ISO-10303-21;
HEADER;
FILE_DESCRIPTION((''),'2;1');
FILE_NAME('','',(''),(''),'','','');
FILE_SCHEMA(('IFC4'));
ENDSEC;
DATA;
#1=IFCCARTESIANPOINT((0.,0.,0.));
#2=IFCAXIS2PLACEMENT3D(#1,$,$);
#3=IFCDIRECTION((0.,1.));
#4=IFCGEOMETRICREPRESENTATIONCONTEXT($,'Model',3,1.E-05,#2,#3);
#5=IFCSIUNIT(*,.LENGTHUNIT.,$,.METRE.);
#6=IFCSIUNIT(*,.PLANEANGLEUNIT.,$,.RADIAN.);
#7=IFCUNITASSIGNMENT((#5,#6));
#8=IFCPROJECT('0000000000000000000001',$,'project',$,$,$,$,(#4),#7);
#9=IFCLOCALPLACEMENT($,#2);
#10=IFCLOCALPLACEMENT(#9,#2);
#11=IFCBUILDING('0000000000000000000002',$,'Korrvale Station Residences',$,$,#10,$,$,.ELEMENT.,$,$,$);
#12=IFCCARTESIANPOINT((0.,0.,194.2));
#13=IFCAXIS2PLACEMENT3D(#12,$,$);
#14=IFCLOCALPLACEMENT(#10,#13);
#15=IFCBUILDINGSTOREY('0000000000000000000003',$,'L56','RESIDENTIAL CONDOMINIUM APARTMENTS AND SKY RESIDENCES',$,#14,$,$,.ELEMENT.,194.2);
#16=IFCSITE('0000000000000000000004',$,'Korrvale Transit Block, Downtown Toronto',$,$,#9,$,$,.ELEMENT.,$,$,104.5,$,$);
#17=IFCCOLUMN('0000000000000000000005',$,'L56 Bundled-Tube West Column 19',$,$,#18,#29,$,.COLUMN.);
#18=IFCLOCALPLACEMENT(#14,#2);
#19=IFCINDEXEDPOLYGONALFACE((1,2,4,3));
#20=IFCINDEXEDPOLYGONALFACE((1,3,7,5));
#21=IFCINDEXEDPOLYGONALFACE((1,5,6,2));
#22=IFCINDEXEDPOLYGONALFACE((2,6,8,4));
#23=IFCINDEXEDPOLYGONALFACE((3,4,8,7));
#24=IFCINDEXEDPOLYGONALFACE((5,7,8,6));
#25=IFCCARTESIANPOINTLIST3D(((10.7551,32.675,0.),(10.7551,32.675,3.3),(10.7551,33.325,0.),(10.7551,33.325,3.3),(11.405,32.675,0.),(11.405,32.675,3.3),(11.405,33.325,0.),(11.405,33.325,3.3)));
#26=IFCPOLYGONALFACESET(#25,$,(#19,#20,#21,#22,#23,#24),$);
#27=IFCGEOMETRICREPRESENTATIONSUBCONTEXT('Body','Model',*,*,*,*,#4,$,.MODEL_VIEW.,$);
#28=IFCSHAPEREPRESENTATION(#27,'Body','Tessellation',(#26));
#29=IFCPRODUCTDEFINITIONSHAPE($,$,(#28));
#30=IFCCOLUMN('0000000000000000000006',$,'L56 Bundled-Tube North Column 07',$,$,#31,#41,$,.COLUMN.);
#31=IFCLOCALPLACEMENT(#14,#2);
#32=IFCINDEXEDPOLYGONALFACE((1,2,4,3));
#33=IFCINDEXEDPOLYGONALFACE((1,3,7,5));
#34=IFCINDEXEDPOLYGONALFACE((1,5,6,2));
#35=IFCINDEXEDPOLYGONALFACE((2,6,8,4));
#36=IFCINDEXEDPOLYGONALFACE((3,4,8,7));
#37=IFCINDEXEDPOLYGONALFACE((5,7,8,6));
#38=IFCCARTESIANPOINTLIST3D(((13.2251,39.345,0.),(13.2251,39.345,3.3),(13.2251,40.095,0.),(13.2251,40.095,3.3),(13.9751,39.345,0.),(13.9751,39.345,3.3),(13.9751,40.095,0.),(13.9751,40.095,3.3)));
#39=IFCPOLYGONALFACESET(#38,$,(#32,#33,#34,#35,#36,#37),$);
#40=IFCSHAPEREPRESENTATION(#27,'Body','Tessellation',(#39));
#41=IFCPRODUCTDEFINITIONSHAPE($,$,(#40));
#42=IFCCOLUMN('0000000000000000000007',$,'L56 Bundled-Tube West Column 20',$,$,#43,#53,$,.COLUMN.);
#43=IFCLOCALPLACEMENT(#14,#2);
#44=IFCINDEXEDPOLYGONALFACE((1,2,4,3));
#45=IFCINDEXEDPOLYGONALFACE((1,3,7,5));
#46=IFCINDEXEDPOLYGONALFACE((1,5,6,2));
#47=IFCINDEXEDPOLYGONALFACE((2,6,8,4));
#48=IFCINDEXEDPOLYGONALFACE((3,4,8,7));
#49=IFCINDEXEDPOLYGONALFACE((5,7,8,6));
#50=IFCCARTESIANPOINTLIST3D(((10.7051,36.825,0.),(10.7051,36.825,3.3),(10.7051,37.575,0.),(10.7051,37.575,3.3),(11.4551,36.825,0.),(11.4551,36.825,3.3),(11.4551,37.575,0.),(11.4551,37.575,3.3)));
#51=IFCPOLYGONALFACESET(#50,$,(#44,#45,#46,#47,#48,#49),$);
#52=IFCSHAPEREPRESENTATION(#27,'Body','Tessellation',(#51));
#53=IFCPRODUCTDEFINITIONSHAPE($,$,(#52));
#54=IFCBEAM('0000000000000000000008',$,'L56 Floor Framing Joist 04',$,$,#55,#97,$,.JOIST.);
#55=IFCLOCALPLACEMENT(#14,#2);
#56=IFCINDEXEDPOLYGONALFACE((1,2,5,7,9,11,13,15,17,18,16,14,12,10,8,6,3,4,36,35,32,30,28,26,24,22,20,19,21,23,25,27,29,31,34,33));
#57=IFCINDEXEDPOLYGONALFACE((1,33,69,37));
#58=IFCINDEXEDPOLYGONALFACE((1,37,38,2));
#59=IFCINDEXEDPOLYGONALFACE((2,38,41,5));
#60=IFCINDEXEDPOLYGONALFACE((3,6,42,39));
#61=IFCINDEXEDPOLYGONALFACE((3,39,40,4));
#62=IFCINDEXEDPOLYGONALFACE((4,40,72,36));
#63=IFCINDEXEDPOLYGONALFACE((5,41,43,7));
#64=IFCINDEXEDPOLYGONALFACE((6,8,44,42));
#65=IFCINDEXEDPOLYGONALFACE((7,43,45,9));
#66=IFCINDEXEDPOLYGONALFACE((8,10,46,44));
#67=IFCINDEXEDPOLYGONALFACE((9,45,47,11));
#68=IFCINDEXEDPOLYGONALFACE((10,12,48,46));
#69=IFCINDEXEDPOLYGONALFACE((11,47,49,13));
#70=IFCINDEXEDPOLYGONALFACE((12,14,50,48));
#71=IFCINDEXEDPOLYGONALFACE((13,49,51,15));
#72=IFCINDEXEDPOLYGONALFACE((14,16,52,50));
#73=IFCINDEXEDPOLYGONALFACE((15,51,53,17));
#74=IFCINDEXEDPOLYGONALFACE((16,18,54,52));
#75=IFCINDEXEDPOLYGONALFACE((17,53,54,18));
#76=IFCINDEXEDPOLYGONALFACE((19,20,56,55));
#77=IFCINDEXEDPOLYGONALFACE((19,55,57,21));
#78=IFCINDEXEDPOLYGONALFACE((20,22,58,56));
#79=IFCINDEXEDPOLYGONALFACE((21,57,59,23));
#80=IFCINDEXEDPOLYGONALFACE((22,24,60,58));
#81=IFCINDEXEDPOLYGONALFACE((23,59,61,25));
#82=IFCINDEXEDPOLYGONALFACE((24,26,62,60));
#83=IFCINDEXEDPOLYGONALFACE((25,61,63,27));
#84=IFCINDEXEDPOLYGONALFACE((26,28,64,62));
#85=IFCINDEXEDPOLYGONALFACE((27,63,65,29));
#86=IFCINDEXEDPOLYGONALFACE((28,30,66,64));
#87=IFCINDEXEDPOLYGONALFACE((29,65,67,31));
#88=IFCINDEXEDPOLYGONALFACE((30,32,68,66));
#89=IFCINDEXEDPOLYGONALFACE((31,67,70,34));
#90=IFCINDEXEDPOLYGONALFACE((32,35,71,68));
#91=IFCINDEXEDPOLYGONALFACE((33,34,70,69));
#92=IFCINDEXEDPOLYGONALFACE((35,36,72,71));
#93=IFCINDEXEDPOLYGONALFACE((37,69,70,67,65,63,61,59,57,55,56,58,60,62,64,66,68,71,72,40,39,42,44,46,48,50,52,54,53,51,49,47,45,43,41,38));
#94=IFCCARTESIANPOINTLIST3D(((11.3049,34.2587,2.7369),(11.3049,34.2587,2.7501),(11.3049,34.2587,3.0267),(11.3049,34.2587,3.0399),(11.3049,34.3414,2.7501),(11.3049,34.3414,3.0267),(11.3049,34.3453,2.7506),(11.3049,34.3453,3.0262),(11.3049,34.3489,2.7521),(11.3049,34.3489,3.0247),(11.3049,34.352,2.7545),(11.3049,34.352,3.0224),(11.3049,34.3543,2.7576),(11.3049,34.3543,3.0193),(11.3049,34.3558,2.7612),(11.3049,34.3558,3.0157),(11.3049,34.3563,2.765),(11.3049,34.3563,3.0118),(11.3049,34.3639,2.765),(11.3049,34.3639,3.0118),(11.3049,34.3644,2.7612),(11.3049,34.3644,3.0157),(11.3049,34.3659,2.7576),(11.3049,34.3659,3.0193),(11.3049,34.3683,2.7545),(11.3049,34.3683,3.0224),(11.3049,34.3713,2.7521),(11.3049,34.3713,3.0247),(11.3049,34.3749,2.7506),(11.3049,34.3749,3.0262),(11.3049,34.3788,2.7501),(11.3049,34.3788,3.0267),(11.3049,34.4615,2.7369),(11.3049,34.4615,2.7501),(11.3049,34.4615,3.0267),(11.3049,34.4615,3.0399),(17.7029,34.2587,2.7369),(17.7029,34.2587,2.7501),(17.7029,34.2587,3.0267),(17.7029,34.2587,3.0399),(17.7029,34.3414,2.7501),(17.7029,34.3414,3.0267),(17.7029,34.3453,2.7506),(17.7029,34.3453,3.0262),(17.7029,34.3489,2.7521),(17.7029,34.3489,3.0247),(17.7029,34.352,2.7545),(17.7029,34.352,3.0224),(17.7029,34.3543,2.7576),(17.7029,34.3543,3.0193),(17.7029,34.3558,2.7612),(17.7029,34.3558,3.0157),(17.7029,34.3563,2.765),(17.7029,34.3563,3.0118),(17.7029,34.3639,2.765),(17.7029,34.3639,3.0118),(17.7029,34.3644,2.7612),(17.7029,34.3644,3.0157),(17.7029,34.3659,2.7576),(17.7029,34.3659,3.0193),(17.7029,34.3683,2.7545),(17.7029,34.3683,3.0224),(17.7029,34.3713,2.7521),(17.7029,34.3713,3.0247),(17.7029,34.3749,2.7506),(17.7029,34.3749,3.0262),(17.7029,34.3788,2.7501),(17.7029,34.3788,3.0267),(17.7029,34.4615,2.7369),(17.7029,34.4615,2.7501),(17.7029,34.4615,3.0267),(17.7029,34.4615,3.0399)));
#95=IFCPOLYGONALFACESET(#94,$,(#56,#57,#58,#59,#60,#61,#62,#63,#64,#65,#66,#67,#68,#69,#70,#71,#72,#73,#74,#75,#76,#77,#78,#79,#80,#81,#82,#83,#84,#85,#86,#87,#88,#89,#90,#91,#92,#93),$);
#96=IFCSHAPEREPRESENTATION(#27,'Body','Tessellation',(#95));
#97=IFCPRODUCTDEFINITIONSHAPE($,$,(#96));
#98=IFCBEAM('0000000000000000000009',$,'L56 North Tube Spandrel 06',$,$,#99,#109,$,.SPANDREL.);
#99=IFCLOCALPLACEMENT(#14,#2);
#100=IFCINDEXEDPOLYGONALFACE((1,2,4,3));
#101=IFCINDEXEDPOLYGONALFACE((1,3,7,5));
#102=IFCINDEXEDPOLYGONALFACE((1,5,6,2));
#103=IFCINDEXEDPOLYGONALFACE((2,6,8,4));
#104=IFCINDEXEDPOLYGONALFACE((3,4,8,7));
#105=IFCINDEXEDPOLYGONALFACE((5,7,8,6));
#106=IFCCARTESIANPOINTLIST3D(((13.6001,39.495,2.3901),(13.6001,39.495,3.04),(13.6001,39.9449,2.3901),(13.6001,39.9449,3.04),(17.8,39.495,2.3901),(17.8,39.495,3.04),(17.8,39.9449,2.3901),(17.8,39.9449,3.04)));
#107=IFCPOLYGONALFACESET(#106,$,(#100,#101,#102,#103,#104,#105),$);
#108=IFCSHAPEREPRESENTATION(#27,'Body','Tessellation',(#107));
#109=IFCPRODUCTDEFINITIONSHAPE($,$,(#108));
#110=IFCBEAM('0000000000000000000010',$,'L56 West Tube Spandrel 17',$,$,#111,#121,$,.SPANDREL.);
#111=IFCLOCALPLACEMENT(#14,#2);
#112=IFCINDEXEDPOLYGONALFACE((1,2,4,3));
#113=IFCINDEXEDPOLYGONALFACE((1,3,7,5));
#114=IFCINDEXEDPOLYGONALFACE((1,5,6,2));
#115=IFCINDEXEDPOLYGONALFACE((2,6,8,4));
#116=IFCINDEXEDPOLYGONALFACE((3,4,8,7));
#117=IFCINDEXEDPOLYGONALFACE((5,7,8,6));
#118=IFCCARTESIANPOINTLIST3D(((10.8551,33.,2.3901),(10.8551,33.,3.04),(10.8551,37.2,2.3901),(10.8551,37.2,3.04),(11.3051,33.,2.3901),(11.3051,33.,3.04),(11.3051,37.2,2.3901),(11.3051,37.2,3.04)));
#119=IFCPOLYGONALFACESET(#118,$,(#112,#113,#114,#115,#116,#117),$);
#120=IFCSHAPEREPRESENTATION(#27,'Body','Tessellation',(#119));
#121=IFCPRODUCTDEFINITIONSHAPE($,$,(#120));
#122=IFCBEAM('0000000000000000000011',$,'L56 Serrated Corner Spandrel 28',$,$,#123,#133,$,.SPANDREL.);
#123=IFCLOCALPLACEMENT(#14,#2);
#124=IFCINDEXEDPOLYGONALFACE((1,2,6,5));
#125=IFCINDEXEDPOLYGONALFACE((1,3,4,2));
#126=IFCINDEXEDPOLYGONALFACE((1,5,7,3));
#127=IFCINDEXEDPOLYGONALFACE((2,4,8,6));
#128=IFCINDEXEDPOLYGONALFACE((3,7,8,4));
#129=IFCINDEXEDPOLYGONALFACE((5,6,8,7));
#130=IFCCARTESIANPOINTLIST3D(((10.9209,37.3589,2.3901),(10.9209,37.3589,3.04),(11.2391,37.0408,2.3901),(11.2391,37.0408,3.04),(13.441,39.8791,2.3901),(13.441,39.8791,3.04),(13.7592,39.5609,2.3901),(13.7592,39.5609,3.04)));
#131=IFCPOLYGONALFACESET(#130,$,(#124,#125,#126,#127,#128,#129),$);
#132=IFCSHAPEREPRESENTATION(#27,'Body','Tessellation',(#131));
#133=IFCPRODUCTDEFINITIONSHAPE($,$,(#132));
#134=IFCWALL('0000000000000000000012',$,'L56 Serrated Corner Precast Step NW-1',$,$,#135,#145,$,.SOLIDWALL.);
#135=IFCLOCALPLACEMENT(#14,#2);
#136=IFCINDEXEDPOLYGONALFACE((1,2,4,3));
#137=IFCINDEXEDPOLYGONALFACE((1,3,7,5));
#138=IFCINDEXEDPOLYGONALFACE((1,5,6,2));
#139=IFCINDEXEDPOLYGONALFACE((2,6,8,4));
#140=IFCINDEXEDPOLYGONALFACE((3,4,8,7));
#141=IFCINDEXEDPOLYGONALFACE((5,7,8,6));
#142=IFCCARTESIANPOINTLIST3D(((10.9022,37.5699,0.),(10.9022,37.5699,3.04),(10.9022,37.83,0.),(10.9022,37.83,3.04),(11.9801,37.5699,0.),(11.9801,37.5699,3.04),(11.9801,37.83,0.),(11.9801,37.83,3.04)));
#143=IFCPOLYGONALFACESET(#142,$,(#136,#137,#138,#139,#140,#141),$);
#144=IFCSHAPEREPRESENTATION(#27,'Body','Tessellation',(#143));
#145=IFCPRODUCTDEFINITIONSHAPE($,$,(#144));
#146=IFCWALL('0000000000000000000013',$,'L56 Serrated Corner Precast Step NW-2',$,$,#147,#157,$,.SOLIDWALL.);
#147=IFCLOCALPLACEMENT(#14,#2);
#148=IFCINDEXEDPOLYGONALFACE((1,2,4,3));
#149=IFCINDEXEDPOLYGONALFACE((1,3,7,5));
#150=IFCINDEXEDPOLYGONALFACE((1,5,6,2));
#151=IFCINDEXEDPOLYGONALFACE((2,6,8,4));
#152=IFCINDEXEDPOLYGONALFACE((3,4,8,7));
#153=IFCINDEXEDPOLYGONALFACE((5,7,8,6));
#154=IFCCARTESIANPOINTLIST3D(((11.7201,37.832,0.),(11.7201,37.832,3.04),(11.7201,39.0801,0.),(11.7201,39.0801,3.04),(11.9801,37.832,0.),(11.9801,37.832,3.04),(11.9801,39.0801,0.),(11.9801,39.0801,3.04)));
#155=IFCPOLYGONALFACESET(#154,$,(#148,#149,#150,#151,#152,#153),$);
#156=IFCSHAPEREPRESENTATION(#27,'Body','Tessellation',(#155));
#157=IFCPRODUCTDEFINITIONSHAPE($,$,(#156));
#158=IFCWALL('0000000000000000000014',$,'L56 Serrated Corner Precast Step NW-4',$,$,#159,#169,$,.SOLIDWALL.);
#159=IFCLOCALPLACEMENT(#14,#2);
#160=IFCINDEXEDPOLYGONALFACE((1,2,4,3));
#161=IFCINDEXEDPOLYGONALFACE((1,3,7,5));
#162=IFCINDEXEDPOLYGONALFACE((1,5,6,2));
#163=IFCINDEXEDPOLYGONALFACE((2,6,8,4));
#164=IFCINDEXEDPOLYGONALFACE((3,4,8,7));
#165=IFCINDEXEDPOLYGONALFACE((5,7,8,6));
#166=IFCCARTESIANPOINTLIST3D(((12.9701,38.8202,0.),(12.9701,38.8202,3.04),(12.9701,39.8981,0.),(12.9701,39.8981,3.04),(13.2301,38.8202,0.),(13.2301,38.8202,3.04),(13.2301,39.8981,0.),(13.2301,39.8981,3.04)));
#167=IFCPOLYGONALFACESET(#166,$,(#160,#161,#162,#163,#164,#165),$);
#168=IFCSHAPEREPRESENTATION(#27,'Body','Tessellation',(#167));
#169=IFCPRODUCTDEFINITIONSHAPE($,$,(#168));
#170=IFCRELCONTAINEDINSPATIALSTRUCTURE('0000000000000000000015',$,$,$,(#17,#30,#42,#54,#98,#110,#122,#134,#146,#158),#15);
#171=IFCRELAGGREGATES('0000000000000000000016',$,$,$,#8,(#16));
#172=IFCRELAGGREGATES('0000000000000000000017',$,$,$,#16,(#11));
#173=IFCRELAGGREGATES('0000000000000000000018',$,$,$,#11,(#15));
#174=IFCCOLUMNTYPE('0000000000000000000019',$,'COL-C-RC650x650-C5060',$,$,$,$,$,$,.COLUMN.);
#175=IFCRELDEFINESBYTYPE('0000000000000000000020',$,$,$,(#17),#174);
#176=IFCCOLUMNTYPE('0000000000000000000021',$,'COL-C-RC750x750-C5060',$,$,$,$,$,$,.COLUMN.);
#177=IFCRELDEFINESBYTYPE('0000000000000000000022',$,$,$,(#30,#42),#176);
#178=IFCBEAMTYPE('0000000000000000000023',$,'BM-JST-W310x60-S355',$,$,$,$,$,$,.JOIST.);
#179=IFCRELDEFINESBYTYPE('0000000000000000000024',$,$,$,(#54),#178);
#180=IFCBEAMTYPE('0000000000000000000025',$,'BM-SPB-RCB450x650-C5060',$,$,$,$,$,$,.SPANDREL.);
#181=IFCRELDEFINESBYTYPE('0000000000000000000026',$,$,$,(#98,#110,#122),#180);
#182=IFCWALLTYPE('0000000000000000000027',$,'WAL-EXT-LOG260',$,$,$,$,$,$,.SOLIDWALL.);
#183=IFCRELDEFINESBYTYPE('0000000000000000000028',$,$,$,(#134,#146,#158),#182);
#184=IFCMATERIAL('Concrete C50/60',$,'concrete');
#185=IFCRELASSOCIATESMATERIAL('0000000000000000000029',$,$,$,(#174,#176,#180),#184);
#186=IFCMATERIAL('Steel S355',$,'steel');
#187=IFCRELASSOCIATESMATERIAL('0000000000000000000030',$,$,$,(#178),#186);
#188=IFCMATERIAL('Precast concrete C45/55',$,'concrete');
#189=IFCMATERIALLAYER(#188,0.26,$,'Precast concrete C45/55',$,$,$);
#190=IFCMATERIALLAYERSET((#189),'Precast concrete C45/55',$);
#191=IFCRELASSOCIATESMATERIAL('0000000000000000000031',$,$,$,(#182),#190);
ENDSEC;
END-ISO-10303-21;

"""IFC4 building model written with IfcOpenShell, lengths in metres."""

from ifc_helpers import new_model, si_unit, direction, frame, frame_2d, origin, origin_2d, place, context, subcontext, project, spatial, rectangle, i_section, extrude, material, layer, layer_set, material_profile, profile_set, type_object, element, save


model = new_model("IFC4")

# Units and contexts
model_context = context("Model", 3, precision=1e-05, world=origin(), true_north=direction((0.0, 1.0)))
body_context = subcontext(model_context, "Body", "Model", "MODEL_VIEW")
ifc_project = project(units=[si_unit("LENGTHUNIT", "METRE"), si_unit("PLANEANGLEUNIT", "RADIAN")], contexts=[model_context])

# Site, building, storey
site_placement = place(None, origin())
site = spatial("IfcSite", under=ifc_project, at=site_placement, Name="Korrvale Transit Block, Downtown Toronto", CompositionType="ELEMENT", RefElevation=104.5)
building_placement = place(site_placement, origin())
building = spatial("IfcBuilding", under=site, at=building_placement, Name="Korrvale Station Residences", CompositionType="ELEMENT")
storey_placement = place(building_placement, frame((0.0, 0.0, 194.2)))
storey = spatial("IfcBuildingStorey", under=building, at=storey_placement, Name="L56", Description="RESIDENTIAL CONDOMINIUM APARTMENTS AND SKY RESIDENCES", CompositionType="ELEMENT", Elevation=194.2)

# Columns
ifc_material_1 = material(Name="Concrete C50/60", Category="concrete")
ifc_material_profile_1 = material_profile(ifc_material_1, rectangle(XDim=0.6499, YDim=0.6499, at=origin_2d()), Name="RC650x650")
ifc_profile_set_1 = profile_set([ifc_material_profile_1], Name="Concrete C50/60")
column_type_1 = type_object("IfcColumnType", Name="COL-C-RC650x650-C5060", PredefinedType="COLUMN", material=ifc_profile_set_1)
column_placement = place(storey_placement, frame((11.0801, 33.0, 0.0), z_axis=(0.0, 0.0, 1.0), x_axis=(1.0, 0.0, 0.0)))
element("IfcColumn", 1, at=column_placement, inside=storey, type_object=column_type_1, Name="L56 Bundled-Tube West Column 19", PredefinedType="COLUMN", context=body_context, shape_type="SweptSolid", body=[
    extrude(rectangle(XDim=0.6499, YDim=0.6499, at=origin_2d()), origin(), (0.0, 0.0, 1.0), 3.3),
])
ifc_material_profile_2 = material_profile(ifc_material_1, rectangle(XDim=0.75, YDim=0.75, at=origin_2d()), Name="RC750x750")
ifc_profile_set_2 = profile_set([ifc_material_profile_2], Name="Concrete C50/60")
column_type_2 = type_object("IfcColumnType", Name="COL-C-RC750x750-C5060", PredefinedType="COLUMN", material=ifc_profile_set_2)
for number, where, z_axis, x_axis, name in (
    (2, (13.6001, 39.72, 0.0), (0.0, 0.0, 1.0), (1.0, 0.0, 0.0), "L56 Bundled-Tube North Column 07"),
    (3, (11.0801, 37.2, 0.0), (0.0, 0.0, 1.0), (1.0, 0.0, 0.0), "L56 Bundled-Tube West Column 20"),
):
    element("IfcColumn", number, at=place(storey_placement, frame(where, z_axis=z_axis, x_axis=x_axis)), inside=storey, type_object=column_type_2, Name=name, PredefinedType="COLUMN", context=body_context, shape_type="SweptSolid", body=[
        extrude(rectangle(XDim=0.75, YDim=0.75, at=origin_2d()), origin(), (0.0, 0.0, 1.0), 3.3),
    ])

# Beams
ifc_material_2 = material(Name="Steel S355", Category="steel")
ifc_material_profile_3 = material_profile(ifc_material_2, i_section(OverallWidth=0.2029, OverallDepth=0.303, WebThickness=0.0076, FlangeThickness=0.0132, FilletRadius=0.0149, at=origin_2d()), Name="W310x60")
ifc_profile_set_3 = profile_set([ifc_material_profile_3], Name="Steel S355")
beam_type_1 = type_object("IfcBeamType", Name="BM-JST-W310x60-S355", PredefinedType="JOIST", material=ifc_profile_set_3)
beam_1_placement = place(storey_placement, frame((11.3049, 34.3601, 2.8884), z_axis=(1.0, 0.0, 0.0), x_axis=(0.0, 1.0, 0.0)))
element("IfcBeam", 4, at=beam_1_placement, inside=storey, type_object=beam_type_1, Name="L56 Floor Framing Joist 04", PredefinedType="JOIST", context=body_context, shape_type="SweptSolid", body=[
    extrude(i_section(OverallWidth=0.2029, OverallDepth=0.303, WebThickness=0.0076, FlangeThickness=0.0132, FilletRadius=0.0149, at=origin_2d()), origin(), (0.0, 0.0, 1.0), 6.3979),
])
ifc_material_profile_4 = material_profile(ifc_material_1, rectangle(XDim=0.45, YDim=0.6499, at=origin_2d()), Name="RCB450x650")
ifc_profile_set_4 = profile_set([ifc_material_profile_4], Name="Concrete C50/60")
beam_type_2 = type_object("IfcBeamType", Name="BM-SPB-RCB450x650-C5060", PredefinedType="SPANDREL", material=ifc_profile_set_4)
for number, where, z_axis, x_axis, name in (
    (5, (13.6001, 39.72, 2.7151), (1.0, 0.0, 0.0), (0.0, 1.0, 0.0), "L56 North Tube Spandrel 06"),
    (6, (11.0801, 33.0, 2.7151), (0.0, 1.0, 0.0), (-1.0, 0.0, 0.0), "L56 West Tube Spandrel 17"),
):
    element("IfcBeam", number, at=place(storey_placement, frame(where, z_axis=z_axis, x_axis=x_axis)), inside=storey, type_object=beam_type_2, Name=name, PredefinedType="SPANDREL", context=body_context, shape_type="SweptSolid", body=[
        extrude(rectangle(XDim=0.45, YDim=0.6499, at=origin_2d()), origin(), (0.0, 0.0, 1.0), 4.2),
    ])
beam_2_placement = place(storey_placement, frame((13.6001, 39.72, 2.7151), z_axis=(-0.707107, -0.707107, 0.0), x_axis=(0.707107, -0.707107, 0.0)))
element("IfcBeam", 7, at=beam_2_placement, inside=storey, type_object=beam_type_2, Name="L56 Serrated Corner Spandrel 28", PredefinedType="SPANDREL", context=body_context, shape_type="SweptSolid", body=[
    extrude(rectangle(XDim=0.45, YDim=0.6499, at=origin_2d()), origin(), (0.0, 0.0, 1.0), 3.564),
])

# Walls
ifc_material_3 = material(Name="Precast concrete C45/55", Category="concrete")
ifc_layer_1 = layer(ifc_material_3, 0.26, Name="Precast concrete C45/55")
ifc_layer_set_1 = layer_set([ifc_layer_1], Name="Precast concrete C45/55")
wall_type_1 = type_object("IfcWallType", Name="WAL-EXT-LOG260", PredefinedType="SOLIDWALL", material=ifc_layer_set_1)
wall_1_placement = place(storey_placement, frame((10.9021, 37.7, 0.0), z_axis=(0.0, 0.0, 1.0), x_axis=(1.0, 0.0, 0.0)))
element("IfcWall", 8, at=wall_1_placement, inside=storey, type_object=wall_type_1, Name="L56 Serrated Corner Precast Step NW-1", PredefinedType="SOLIDWALL", context=body_context, shape_type="SweptSolid", body=[
    extrude(rectangle(XDim=1.0779, YDim=0.26, at=frame_2d((0.5391, 0.0))), origin(), (0.0, 0.0, 1.0), 3.04),
])
wall_2_placement = place(storey_placement, frame((11.8501, 37.832, 0.0), z_axis=(0.0, 0.0, 1.0), x_axis=(0.0, 1.0, 0.0)))
element("IfcWall", 9, at=wall_2_placement, inside=storey, type_object=wall_type_1, Name="L56 Serrated Corner Precast Step NW-2", PredefinedType="SOLIDWALL", context=body_context, shape_type="SweptSolid", body=[
    extrude(rectangle(XDim=1.248, YDim=0.26, at=frame_2d((0.624, 0.0))), origin(), (0.0, 0.0, 1.0), 3.04),
])
wall_3_placement = place(storey_placement, frame((13.1001, 38.8201, 0.0), z_axis=(0.0, 0.0, 1.0), x_axis=(0.0, 1.0, 0.0)))
element("IfcWall", 10, at=wall_3_placement, inside=storey, type_object=wall_type_1, Name="L56 Serrated Corner Precast Step NW-4", PredefinedType="SOLIDWALL", context=body_context, shape_type="SweptSolid", body=[
    extrude(rectangle(XDim=1.0779, YDim=0.26, at=frame_2d((0.5391, 0.0))), origin(), (0.0, 0.0, 1.0), 3.04),
])

save(model, "model.ifc")
